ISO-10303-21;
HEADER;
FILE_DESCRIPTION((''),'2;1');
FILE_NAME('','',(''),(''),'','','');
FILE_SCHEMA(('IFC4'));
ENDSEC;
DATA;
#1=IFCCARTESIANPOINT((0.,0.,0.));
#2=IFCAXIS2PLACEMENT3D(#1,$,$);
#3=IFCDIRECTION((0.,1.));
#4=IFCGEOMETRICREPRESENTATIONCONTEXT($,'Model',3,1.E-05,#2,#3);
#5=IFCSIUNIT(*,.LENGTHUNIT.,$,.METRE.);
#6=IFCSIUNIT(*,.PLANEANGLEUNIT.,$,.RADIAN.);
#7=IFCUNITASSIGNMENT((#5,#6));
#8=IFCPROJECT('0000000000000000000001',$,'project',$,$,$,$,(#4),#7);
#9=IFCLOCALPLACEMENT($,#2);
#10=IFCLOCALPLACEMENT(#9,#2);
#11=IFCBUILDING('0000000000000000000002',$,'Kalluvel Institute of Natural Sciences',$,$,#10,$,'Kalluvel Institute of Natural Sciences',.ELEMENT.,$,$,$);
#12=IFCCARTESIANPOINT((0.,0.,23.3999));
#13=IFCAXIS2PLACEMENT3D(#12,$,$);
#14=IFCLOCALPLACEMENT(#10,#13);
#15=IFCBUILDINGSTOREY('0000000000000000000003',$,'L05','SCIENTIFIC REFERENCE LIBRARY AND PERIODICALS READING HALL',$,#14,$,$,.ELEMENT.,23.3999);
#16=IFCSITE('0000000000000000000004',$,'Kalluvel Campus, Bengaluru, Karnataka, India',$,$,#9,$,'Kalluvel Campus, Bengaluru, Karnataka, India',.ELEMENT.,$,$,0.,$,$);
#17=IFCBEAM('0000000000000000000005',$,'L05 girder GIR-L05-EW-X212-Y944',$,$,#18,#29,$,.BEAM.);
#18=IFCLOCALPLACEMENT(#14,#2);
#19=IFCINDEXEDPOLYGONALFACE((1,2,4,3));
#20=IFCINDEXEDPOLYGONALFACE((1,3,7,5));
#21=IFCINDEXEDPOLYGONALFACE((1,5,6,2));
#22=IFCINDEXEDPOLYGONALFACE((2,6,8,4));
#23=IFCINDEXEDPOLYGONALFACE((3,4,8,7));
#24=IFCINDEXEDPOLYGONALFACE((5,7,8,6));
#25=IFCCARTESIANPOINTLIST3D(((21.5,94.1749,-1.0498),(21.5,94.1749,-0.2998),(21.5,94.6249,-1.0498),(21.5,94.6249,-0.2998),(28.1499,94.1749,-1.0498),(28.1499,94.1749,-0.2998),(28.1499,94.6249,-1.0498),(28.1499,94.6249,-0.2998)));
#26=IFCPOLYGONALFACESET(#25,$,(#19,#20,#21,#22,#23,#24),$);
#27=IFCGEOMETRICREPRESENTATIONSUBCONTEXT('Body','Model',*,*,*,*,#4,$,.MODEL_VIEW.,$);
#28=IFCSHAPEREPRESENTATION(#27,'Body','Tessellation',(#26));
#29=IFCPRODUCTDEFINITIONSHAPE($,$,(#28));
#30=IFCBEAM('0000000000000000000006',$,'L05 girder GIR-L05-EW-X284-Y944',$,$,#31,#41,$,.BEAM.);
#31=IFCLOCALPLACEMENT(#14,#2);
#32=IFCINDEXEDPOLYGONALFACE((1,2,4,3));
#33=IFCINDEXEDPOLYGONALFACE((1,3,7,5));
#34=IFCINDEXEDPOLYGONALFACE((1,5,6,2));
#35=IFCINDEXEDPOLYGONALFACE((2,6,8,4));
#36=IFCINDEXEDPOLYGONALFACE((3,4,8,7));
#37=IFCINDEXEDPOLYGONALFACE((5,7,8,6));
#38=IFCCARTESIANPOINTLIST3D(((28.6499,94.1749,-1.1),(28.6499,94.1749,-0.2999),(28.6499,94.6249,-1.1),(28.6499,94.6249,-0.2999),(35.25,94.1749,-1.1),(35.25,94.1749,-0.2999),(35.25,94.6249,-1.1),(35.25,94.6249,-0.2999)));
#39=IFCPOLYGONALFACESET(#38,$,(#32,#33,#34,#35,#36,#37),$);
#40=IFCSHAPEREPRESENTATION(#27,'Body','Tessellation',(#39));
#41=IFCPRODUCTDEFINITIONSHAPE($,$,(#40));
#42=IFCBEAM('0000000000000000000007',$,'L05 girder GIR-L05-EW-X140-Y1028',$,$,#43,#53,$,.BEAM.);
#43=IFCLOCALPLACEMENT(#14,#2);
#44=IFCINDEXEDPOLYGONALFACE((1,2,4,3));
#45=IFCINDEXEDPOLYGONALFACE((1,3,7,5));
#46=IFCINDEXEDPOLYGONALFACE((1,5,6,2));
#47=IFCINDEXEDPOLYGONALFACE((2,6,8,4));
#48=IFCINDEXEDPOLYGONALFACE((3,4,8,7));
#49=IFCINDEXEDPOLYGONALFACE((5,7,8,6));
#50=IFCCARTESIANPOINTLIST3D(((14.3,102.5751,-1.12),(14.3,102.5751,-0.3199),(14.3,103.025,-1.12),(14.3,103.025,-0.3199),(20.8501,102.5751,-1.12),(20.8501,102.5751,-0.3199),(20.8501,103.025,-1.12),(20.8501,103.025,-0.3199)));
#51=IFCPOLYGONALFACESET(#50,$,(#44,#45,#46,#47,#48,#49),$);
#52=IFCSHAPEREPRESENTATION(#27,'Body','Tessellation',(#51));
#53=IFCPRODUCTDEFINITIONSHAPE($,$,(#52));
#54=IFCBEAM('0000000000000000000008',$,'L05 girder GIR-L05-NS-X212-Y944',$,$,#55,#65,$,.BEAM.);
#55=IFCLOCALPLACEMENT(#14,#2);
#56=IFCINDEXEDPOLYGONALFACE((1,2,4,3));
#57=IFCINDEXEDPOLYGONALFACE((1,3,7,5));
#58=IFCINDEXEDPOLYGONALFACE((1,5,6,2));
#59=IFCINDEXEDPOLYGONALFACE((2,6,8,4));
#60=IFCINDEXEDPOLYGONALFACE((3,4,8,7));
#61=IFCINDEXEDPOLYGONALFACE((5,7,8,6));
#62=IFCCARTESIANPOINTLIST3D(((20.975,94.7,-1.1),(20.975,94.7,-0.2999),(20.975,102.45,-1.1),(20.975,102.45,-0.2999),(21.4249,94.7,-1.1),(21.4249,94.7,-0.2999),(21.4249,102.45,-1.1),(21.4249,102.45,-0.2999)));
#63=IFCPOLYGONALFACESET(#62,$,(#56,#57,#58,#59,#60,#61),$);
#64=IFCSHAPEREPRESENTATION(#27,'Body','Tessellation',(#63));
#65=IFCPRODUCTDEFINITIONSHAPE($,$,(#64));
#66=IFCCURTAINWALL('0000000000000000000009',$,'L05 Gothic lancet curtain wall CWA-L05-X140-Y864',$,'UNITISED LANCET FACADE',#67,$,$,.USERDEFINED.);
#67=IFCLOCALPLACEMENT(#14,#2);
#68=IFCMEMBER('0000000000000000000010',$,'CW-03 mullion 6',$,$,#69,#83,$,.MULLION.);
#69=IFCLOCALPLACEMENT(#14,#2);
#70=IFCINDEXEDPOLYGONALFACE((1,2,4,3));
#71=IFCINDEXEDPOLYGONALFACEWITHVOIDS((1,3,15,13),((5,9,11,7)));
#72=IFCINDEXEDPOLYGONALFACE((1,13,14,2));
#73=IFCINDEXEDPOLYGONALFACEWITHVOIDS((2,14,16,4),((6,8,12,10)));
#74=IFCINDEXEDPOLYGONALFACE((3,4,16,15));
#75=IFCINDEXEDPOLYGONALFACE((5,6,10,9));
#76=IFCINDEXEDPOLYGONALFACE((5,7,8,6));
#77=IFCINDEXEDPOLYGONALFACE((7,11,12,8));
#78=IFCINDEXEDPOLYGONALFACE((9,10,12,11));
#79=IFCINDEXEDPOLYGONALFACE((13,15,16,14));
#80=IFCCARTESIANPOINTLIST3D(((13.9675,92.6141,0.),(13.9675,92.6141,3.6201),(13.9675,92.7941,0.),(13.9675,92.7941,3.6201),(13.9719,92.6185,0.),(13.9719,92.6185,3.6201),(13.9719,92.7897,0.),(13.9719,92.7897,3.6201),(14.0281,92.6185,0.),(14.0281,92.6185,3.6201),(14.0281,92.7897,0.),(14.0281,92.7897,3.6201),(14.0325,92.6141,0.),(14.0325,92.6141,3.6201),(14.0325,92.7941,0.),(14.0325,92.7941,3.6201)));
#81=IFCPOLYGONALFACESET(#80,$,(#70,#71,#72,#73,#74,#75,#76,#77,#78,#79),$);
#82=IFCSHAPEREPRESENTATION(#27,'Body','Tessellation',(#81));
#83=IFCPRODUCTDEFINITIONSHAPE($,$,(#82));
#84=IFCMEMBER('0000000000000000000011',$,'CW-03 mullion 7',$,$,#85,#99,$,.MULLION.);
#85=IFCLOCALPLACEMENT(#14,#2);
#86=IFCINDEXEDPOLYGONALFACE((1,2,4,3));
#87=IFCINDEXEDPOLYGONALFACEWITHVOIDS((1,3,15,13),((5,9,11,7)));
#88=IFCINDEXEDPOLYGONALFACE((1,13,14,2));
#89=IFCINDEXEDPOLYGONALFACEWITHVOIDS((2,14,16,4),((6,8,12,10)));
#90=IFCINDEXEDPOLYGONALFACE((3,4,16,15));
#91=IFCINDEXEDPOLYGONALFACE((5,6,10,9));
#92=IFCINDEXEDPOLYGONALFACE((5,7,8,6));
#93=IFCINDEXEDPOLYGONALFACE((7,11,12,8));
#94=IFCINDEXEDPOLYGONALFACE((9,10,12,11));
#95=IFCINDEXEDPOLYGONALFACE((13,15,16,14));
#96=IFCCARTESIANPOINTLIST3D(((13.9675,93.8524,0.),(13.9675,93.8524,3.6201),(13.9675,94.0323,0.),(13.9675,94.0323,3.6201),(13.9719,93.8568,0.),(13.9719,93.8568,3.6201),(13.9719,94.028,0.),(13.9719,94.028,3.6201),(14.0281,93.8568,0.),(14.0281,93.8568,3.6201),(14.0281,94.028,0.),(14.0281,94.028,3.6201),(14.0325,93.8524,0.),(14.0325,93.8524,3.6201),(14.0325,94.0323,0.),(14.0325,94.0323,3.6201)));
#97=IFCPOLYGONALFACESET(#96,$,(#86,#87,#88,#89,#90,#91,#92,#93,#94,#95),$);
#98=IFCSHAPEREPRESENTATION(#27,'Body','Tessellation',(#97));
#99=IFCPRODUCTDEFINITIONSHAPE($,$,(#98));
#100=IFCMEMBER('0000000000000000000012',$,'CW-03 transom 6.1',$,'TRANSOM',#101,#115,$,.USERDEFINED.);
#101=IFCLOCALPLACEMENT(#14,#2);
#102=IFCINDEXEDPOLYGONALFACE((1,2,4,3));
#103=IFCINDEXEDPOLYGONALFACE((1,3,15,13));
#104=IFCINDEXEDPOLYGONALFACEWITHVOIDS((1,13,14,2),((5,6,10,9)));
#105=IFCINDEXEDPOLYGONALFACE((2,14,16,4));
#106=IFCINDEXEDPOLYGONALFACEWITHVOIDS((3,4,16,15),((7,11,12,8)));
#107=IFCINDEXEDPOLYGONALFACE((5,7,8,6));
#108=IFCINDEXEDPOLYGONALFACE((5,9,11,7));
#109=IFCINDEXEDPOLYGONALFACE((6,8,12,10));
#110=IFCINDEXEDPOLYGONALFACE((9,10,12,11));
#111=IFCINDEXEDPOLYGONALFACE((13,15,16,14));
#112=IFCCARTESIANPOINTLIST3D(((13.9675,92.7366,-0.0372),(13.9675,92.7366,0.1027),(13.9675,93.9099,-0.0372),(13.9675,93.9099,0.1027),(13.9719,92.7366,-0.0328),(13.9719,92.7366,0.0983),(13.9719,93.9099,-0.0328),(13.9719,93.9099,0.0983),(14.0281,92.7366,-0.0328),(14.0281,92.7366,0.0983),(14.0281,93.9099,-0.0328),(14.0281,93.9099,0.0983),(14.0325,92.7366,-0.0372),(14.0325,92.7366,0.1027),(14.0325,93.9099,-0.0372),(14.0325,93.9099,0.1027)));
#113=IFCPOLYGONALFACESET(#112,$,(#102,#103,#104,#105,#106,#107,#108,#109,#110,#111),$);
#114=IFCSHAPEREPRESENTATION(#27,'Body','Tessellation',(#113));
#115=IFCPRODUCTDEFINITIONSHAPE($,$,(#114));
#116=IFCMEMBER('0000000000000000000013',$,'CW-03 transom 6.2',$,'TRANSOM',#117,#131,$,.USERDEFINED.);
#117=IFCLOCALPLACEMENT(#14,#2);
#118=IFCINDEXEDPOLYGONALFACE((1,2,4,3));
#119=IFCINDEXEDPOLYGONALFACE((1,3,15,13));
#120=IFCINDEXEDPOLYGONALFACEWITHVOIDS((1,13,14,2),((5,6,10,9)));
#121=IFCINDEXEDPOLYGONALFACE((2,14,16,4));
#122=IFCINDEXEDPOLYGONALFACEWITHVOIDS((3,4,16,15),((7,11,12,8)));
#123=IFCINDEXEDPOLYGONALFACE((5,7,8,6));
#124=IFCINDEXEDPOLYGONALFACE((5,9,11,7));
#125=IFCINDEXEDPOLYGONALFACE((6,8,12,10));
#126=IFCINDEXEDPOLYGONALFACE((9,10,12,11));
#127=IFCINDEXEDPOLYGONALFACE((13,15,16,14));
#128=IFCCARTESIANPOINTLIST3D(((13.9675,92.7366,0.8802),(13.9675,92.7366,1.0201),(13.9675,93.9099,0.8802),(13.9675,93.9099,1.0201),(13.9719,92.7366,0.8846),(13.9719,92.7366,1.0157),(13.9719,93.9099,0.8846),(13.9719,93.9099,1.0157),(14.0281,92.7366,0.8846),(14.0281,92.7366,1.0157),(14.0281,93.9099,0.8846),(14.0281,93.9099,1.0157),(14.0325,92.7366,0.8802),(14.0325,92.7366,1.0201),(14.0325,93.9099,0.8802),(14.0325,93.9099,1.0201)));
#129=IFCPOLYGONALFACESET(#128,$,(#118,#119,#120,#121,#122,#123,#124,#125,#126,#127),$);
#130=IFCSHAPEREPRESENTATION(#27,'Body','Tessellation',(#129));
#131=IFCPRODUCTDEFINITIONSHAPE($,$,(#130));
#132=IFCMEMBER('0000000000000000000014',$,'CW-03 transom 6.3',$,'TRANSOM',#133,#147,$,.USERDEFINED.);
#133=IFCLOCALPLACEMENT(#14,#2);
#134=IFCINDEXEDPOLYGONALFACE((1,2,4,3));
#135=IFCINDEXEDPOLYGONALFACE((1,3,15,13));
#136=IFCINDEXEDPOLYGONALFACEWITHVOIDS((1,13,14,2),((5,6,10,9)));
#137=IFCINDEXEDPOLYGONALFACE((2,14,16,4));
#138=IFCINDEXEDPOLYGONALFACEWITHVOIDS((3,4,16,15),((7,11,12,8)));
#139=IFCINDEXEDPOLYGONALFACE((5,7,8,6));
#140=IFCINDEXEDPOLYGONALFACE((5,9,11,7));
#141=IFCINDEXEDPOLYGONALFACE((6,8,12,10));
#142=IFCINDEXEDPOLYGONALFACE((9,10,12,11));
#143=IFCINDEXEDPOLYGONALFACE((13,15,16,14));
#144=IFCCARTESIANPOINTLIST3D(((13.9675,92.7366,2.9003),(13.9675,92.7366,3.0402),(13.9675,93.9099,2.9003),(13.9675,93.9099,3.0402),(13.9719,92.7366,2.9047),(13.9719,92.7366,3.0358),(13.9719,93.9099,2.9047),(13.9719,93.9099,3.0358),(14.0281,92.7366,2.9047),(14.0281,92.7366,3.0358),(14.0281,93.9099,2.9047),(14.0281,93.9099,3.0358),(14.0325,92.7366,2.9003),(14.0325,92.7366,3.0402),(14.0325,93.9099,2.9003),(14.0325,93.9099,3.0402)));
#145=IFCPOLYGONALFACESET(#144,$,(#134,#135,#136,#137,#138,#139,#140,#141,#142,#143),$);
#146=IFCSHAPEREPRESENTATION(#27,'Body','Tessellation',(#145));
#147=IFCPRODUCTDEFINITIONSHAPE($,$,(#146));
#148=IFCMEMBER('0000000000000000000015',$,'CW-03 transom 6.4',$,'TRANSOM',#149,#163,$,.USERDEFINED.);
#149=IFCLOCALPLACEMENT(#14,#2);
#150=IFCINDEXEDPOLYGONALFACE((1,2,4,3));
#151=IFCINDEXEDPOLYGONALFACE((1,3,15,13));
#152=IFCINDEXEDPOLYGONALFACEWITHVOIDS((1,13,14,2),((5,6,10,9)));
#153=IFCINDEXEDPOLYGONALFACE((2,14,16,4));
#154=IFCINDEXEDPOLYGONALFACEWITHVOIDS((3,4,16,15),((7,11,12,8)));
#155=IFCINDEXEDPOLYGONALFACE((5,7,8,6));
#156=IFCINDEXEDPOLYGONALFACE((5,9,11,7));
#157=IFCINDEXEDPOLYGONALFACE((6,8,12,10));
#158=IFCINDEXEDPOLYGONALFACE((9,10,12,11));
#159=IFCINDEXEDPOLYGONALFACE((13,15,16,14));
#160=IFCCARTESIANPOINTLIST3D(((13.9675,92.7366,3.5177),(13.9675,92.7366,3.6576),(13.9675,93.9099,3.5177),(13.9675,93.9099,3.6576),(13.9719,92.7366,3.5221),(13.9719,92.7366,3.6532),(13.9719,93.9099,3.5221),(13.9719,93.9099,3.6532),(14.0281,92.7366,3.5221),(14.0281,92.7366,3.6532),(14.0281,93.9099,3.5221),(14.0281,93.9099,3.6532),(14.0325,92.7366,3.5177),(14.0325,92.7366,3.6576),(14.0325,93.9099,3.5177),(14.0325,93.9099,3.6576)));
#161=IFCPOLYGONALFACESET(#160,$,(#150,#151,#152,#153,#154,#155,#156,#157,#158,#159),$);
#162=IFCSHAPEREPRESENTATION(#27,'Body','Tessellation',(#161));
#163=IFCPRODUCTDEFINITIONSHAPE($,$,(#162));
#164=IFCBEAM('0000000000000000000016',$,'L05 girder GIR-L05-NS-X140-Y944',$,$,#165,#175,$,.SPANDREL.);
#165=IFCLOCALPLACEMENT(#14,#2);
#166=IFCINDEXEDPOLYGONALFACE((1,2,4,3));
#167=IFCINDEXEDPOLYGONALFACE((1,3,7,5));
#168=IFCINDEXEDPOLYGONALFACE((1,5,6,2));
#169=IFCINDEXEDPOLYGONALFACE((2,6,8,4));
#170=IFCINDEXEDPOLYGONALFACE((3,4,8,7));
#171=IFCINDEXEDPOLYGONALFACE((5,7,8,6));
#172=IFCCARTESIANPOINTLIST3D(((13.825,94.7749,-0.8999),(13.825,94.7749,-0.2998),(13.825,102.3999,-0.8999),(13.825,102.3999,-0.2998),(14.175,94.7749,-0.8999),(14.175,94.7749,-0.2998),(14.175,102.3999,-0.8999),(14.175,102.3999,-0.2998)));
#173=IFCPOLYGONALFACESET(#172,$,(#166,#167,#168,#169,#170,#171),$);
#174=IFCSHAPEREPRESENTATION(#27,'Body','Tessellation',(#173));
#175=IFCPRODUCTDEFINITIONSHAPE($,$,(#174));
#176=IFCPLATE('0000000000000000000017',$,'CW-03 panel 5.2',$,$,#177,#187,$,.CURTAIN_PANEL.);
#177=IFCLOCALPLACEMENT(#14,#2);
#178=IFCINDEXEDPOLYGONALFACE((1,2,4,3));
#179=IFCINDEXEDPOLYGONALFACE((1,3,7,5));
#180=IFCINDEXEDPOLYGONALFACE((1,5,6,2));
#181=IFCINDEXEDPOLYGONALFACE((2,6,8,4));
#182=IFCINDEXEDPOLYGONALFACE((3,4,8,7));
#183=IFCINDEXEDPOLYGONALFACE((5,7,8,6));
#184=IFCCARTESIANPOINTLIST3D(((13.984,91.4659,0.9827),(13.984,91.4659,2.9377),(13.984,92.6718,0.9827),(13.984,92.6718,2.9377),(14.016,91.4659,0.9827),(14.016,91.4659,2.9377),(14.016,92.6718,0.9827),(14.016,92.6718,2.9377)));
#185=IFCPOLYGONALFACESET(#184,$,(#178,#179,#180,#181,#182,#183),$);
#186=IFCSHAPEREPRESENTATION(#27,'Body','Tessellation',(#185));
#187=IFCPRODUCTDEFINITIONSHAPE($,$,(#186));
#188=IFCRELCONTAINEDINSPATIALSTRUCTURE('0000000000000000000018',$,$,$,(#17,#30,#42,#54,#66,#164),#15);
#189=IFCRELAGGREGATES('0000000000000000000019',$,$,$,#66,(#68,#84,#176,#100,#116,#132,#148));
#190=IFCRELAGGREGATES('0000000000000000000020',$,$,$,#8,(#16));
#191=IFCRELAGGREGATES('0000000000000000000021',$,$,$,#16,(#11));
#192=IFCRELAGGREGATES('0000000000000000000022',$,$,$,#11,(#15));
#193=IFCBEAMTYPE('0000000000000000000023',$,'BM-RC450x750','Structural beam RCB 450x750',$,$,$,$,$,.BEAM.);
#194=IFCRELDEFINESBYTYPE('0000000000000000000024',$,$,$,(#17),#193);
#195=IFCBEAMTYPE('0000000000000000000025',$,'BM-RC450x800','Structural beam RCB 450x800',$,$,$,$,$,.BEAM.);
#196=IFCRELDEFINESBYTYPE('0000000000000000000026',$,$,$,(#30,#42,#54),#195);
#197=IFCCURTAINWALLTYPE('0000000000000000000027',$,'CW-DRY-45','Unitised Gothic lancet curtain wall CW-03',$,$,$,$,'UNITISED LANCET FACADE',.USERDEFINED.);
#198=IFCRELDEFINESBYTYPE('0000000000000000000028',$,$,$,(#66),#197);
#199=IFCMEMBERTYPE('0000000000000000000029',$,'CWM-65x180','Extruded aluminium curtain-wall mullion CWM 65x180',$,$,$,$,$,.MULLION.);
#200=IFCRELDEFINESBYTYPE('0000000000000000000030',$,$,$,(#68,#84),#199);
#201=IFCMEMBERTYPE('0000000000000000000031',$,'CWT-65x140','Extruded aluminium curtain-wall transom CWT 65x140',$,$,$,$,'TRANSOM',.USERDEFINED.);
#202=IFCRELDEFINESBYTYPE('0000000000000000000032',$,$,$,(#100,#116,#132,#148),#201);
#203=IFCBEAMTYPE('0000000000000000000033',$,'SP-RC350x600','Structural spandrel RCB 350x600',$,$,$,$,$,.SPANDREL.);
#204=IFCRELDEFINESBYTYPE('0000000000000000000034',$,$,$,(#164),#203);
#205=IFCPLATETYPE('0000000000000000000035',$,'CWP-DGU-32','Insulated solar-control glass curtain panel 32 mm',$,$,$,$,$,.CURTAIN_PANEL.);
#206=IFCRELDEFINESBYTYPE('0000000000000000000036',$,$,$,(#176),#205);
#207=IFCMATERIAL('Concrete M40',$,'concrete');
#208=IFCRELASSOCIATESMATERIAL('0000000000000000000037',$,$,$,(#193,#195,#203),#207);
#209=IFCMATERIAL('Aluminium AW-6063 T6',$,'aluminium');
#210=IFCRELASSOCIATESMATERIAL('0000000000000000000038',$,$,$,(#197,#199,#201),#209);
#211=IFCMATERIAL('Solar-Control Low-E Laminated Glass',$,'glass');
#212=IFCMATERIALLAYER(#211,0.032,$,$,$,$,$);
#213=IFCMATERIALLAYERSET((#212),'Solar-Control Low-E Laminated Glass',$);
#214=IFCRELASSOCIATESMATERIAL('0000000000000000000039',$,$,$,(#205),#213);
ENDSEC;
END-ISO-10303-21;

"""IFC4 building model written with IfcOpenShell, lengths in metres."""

from ifc_helpers import new_model, si_unit, direction, frame, origin, origin_2d, place, context, subcontext, project, spatial, rectangle, hollow_rectangle, extrude, material, layer, layer_set, material_profile, profile_set, type_object, element, aggregate, save


model = new_model("IFC4")

# Units and contexts
model_context = context("Model", 3, precision=1e-05, world=origin(), true_north=direction((0.0, 1.0)))
body_context = subcontext(model_context, "Body", "Model", "MODEL_VIEW")
ifc_project = project(units=[si_unit("LENGTHUNIT", "METRE"), si_unit("PLANEANGLEUNIT", "RADIAN")], contexts=[model_context])

# Site, building, storey
site_placement = place(None, origin())
site = spatial("IfcSite", under=ifc_project, at=site_placement, Name="Kalluvel Campus, Bengaluru, Karnataka, India", LongName="Kalluvel Campus, Bengaluru, Karnataka, India", CompositionType="ELEMENT", RefElevation=0.0)
building_placement = place(site_placement, origin())
building = spatial("IfcBuilding", under=site, at=building_placement, Name="Kalluvel Institute of Natural Sciences", LongName="Kalluvel Institute of Natural Sciences", CompositionType="ELEMENT")
storey_placement = place(building_placement, frame((0.0, 0.0, 23.3999)))
storey = spatial("IfcBuildingStorey", under=building, at=storey_placement, Name="L05", Description="SCIENTIFIC REFERENCE LIBRARY AND PERIODICALS READING HALL", CompositionType="ELEMENT", Elevation=23.3999)

# Shared definitions
ifc_material_1 = material(Name="Concrete M40", Category="concrete")

# Beams
ifc_material_profile_1 = material_profile(ifc_material_1, rectangle(XDim=0.45, YDim=0.75, at=origin_2d()), Name="RCB 450x750")
ifc_profile_set_1 = profile_set([ifc_material_profile_1], Name="Concrete M40")
beam_type_1 = type_object("IfcBeamType", Name="BM-RC450x750", Description="Structural beam RCB 450x750", PredefinedType="BEAM", material=ifc_profile_set_1)
beam_1_placement = place(storey_placement, frame((21.5, 94.3999, -0.6748), z_axis=(1.0, 0.0, 0.0), x_axis=(0.0, 1.0, 0.0)))
element("IfcBeam", 1, at=beam_1_placement, inside=storey, type_object=beam_type_1, Name="L05 girder GIR-L05-EW-X212-Y944", PredefinedType="BEAM", context=body_context, shape_type="SweptSolid", body=[
    extrude(rectangle(XDim=0.45, YDim=0.75, at=origin_2d()), origin(), (0.0, 0.0, 1.0), 6.6499),
])
ifc_material_profile_2 = material_profile(ifc_material_1, rectangle(XDim=0.45, YDim=0.8, at=origin_2d()), Name="RCB 450x800")
ifc_profile_set_2 = profile_set([ifc_material_profile_2], Name="Concrete M40")
beam_type_2 = type_object("IfcBeamType", Name="BM-RC450x800", Description="Structural beam RCB 450x800", PredefinedType="BEAM", material=ifc_profile_set_2)
beam_2_placement = place(storey_placement, frame((28.6499, 94.3999, -0.7), z_axis=(1.0, 0.0, 0.0), x_axis=(0.0, 1.0, 0.0)))
element("IfcBeam", 2, at=beam_2_placement, inside=storey, type_object=beam_type_2, Name="L05 girder GIR-L05-EW-X284-Y944", PredefinedType="BEAM", context=body_context, shape_type="SweptSolid", body=[
    extrude(rectangle(XDim=0.45, YDim=0.8, at=origin_2d()), origin(), (0.0, 0.0, 1.0), 6.6001),
])
beam_3_placement = place(storey_placement, frame((14.3, 102.8, -0.72), z_axis=(1.0, 0.0, 0.0), x_axis=(0.0, 1.0, 0.0)))
element("IfcBeam", 3, at=beam_3_placement, inside=storey, type_object=beam_type_2, Name="L05 girder GIR-L05-EW-X140-Y1028", PredefinedType="BEAM", context=body_context, shape_type="SweptSolid", body=[
    extrude(rectangle(XDim=0.45, YDim=0.8, at=origin_2d()), origin(), (0.0, 0.0, 1.0), 6.55),
])
beam_4_placement = place(storey_placement, frame((21.2, 94.7, -0.7), z_axis=(0.0, 1.0, 0.0), x_axis=(-1.0, 0.0, 0.0)))
element("IfcBeam", 4, at=beam_4_placement, inside=storey, type_object=beam_type_2, Name="L05 girder GIR-L05-NS-X212-Y944", PredefinedType="BEAM", context=body_context, shape_type="SweptSolid", body=[
    extrude(rectangle(XDim=0.45, YDim=0.8, at=origin_2d()), origin(), (0.0, 0.0, 1.0), 7.75),
])

# Curtain wall, members
ifc_material_2 = material(Name="Aluminium AW-6063 T6", Category="aluminium")
curtain_wall_type = type_object("IfcCurtainWallType", Name="CW-DRY-45", Description="Unitised Gothic lancet curtain wall CW-03", ElementType="UNITISED LANCET FACADE", PredefinedType="USERDEFINED", material=ifc_material_2)
curtain_wall_placement = place(storey_placement, origin())
curtain_wall = element("IfcCurtainWall", 5, at=curtain_wall_placement, inside=storey, type_object=curtain_wall_type, Name="L05 Gothic lancet curtain wall CWA-L05-X140-Y864", ObjectType="UNITISED LANCET FACADE", PredefinedType="USERDEFINED")
ifc_material_profile_3 = material_profile(ifc_material_2, hollow_rectangle(XDim=0.0649, YDim=0.1799, WallThickness=0.0044, at=origin_2d()), Name="CWM 65x180")
ifc_profile_set_3 = profile_set([ifc_material_profile_3], Name="Aluminium AW-6063 T6")
member_type_1 = type_object("IfcMemberType", Name="CWM-65x180", Description="Extruded aluminium curtain-wall mullion CWM 65x180", PredefinedType="MULLION", material=ifc_profile_set_3)
member_1_placement = place(storey_placement, frame((14.0, 92.7041, 0.0), z_axis=(0.0, 0.0, 1.0), x_axis=(-1.0, 0.0, 0.0)))
member_1 = element("IfcMember", 6, at=member_1_placement, type_object=member_type_1, Name="CW-03 mullion 6", PredefinedType="MULLION", context=body_context, shape_type="SweptSolid", body=[
    extrude(hollow_rectangle(XDim=0.0649, YDim=0.1799, WallThickness=0.0044, at=origin_2d()), origin(), (0.0, 0.0, 1.0), 3.6201),
])
member_2_placement = place(storey_placement, frame((14.0, 93.9424, 0.0), z_axis=(0.0, 0.0, 1.0), x_axis=(-1.0, 0.0, 0.0)))
member_2 = element("IfcMember", 7, at=member_2_placement, type_object=member_type_1, Name="CW-03 mullion 7", PredefinedType="MULLION", context=body_context, shape_type="SweptSolid", body=[
    extrude(hollow_rectangle(XDim=0.0649, YDim=0.1799, WallThickness=0.0044, at=origin_2d()), origin(), (0.0, 0.0, 1.0), 3.6201),
])
ifc_material_profile_4 = material_profile(ifc_material_2, hollow_rectangle(XDim=0.0649, YDim=0.1399, WallThickness=0.0044, at=origin_2d()), Name="CWT 65x140")
ifc_profile_set_4 = profile_set([ifc_material_profile_4], Name="Aluminium AW-6063 T6")
member_type_2 = type_object("IfcMemberType", Name="CWT-65x140", Description="Extruded aluminium curtain-wall transom CWT 65x140", ElementType="TRANSOM", PredefinedType="USERDEFINED", material=ifc_profile_set_4)
member_3_placement = place(storey_placement, frame((14.0, 92.7366, 0.0327), z_axis=(0.0, 1.0, 0.0), x_axis=(-1.0, 0.0, 0.0)))
member_3 = element("IfcMember", 8, at=member_3_placement, type_object=member_type_2, Name="CW-03 transom 6.1", ObjectType="TRANSOM", PredefinedType="USERDEFINED", context=body_context, shape_type="SweptSolid", body=[
    extrude(hollow_rectangle(XDim=0.0649, YDim=0.1399, WallThickness=0.0044, at=origin_2d()), origin(), (0.0, 0.0, 1.0), 1.1733),
])
member_4_placement = place(storey_placement, frame((14.0, 92.7366, 0.9502), z_axis=(0.0, 1.0, 0.0), x_axis=(-1.0, 0.0, 0.0)))
member_4 = element("IfcMember", 9, at=member_4_placement, type_object=member_type_2, Name="CW-03 transom 6.2", ObjectType="TRANSOM", PredefinedType="USERDEFINED", context=body_context, shape_type="SweptSolid", body=[
    extrude(hollow_rectangle(XDim=0.0649, YDim=0.1399, WallThickness=0.0044, at=origin_2d()), origin(), (0.0, 0.0, 1.0), 1.1733),
])
member_5_placement = place(storey_placement, frame((14.0, 92.7366, 2.9702), z_axis=(0.0, 1.0, 0.0), x_axis=(-1.0, 0.0, 0.0)))
member_5 = element("IfcMember", 10, at=member_5_placement, type_object=member_type_2, Name="CW-03 transom 6.3", ObjectType="TRANSOM", PredefinedType="USERDEFINED", context=body_context, shape_type="SweptSolid", body=[
    extrude(hollow_rectangle(XDim=0.0649, YDim=0.1399, WallThickness=0.0044, at=origin_2d()), origin(), (0.0, 0.0, 1.0), 1.1733),
])
member_6_placement = place(storey_placement, frame((14.0, 92.7366, 3.5876), z_axis=(0.0, 1.0, 0.0), x_axis=(-1.0, 0.0, 0.0)))
member_6 = element("IfcMember", 11, at=member_6_placement, type_object=member_type_2, Name="CW-03 transom 6.4", ObjectType="TRANSOM", PredefinedType="USERDEFINED", context=body_context, shape_type="SweptSolid", body=[
    extrude(hollow_rectangle(XDim=0.0649, YDim=0.1399, WallThickness=0.0044, at=origin_2d()), origin(), (0.0, 0.0, 1.0), 1.1733),
])

# Beam
ifc_material_profile_5 = material_profile(ifc_material_1, rectangle(XDim=0.3501, YDim=0.6001, at=origin_2d()), Name="RCB 350x600")
ifc_profile_set_5 = profile_set([ifc_material_profile_5], Name="Concrete M40")
beam_type_3 = type_object("IfcBeamType", Name="SP-RC350x600", Description="Structural spandrel RCB 350x600", PredefinedType="SPANDREL", material=ifc_profile_set_5)
beam_5_placement = place(storey_placement, frame((14.0, 94.7749, -0.5999), z_axis=(0.0, 1.0, 0.0), x_axis=(-1.0, 0.0, 0.0)))
element("IfcBeam", 12, at=beam_5_placement, inside=storey, type_object=beam_type_3, Name="L05 girder GIR-L05-NS-X140-Y944", PredefinedType="SPANDREL", context=body_context, shape_type="SweptSolid", body=[
    extrude(rectangle(XDim=0.3501, YDim=0.6001, at=origin_2d()), origin(), (0.0, 0.0, 1.0), 7.625),
])

# Plate
ifc_material_3 = material(Name="Solar-Control Low-E Laminated Glass", Category="glass")
ifc_layer_1 = layer(ifc_material_3, 0.032)
ifc_layer_set_1 = layer_set([ifc_layer_1], Name="Solar-Control Low-E Laminated Glass")
plate_type = type_object("IfcPlateType", Name="CWP-DGU-32", Description="Insulated solar-control glass curtain panel 32 mm", PredefinedType="CURTAIN_PANEL", material=ifc_layer_set_1)
plate_1_placement = place(storey_placement, frame((14.0, 92.0688, 0.9827), z_axis=(0.0, 0.0, 1.0), x_axis=(0.0, 1.0, 0.0)))
plate_1 = element("IfcPlate", 13, at=plate_1_placement, type_object=plate_type, Name="CW-03 panel 5.2", PredefinedType="CURTAIN_PANEL", context=body_context, shape_type="SweptSolid", body=[
    extrude(rectangle(XDim=1.2058, YDim=0.032, at=origin_2d()), origin(), (0.0, 0.0, 1.0), 1.9551),
])
aggregate(curtain_wall, [member_1, member_2, plate_1, member_3, member_4, member_5, member_6])

save(model, "model.ifc")
